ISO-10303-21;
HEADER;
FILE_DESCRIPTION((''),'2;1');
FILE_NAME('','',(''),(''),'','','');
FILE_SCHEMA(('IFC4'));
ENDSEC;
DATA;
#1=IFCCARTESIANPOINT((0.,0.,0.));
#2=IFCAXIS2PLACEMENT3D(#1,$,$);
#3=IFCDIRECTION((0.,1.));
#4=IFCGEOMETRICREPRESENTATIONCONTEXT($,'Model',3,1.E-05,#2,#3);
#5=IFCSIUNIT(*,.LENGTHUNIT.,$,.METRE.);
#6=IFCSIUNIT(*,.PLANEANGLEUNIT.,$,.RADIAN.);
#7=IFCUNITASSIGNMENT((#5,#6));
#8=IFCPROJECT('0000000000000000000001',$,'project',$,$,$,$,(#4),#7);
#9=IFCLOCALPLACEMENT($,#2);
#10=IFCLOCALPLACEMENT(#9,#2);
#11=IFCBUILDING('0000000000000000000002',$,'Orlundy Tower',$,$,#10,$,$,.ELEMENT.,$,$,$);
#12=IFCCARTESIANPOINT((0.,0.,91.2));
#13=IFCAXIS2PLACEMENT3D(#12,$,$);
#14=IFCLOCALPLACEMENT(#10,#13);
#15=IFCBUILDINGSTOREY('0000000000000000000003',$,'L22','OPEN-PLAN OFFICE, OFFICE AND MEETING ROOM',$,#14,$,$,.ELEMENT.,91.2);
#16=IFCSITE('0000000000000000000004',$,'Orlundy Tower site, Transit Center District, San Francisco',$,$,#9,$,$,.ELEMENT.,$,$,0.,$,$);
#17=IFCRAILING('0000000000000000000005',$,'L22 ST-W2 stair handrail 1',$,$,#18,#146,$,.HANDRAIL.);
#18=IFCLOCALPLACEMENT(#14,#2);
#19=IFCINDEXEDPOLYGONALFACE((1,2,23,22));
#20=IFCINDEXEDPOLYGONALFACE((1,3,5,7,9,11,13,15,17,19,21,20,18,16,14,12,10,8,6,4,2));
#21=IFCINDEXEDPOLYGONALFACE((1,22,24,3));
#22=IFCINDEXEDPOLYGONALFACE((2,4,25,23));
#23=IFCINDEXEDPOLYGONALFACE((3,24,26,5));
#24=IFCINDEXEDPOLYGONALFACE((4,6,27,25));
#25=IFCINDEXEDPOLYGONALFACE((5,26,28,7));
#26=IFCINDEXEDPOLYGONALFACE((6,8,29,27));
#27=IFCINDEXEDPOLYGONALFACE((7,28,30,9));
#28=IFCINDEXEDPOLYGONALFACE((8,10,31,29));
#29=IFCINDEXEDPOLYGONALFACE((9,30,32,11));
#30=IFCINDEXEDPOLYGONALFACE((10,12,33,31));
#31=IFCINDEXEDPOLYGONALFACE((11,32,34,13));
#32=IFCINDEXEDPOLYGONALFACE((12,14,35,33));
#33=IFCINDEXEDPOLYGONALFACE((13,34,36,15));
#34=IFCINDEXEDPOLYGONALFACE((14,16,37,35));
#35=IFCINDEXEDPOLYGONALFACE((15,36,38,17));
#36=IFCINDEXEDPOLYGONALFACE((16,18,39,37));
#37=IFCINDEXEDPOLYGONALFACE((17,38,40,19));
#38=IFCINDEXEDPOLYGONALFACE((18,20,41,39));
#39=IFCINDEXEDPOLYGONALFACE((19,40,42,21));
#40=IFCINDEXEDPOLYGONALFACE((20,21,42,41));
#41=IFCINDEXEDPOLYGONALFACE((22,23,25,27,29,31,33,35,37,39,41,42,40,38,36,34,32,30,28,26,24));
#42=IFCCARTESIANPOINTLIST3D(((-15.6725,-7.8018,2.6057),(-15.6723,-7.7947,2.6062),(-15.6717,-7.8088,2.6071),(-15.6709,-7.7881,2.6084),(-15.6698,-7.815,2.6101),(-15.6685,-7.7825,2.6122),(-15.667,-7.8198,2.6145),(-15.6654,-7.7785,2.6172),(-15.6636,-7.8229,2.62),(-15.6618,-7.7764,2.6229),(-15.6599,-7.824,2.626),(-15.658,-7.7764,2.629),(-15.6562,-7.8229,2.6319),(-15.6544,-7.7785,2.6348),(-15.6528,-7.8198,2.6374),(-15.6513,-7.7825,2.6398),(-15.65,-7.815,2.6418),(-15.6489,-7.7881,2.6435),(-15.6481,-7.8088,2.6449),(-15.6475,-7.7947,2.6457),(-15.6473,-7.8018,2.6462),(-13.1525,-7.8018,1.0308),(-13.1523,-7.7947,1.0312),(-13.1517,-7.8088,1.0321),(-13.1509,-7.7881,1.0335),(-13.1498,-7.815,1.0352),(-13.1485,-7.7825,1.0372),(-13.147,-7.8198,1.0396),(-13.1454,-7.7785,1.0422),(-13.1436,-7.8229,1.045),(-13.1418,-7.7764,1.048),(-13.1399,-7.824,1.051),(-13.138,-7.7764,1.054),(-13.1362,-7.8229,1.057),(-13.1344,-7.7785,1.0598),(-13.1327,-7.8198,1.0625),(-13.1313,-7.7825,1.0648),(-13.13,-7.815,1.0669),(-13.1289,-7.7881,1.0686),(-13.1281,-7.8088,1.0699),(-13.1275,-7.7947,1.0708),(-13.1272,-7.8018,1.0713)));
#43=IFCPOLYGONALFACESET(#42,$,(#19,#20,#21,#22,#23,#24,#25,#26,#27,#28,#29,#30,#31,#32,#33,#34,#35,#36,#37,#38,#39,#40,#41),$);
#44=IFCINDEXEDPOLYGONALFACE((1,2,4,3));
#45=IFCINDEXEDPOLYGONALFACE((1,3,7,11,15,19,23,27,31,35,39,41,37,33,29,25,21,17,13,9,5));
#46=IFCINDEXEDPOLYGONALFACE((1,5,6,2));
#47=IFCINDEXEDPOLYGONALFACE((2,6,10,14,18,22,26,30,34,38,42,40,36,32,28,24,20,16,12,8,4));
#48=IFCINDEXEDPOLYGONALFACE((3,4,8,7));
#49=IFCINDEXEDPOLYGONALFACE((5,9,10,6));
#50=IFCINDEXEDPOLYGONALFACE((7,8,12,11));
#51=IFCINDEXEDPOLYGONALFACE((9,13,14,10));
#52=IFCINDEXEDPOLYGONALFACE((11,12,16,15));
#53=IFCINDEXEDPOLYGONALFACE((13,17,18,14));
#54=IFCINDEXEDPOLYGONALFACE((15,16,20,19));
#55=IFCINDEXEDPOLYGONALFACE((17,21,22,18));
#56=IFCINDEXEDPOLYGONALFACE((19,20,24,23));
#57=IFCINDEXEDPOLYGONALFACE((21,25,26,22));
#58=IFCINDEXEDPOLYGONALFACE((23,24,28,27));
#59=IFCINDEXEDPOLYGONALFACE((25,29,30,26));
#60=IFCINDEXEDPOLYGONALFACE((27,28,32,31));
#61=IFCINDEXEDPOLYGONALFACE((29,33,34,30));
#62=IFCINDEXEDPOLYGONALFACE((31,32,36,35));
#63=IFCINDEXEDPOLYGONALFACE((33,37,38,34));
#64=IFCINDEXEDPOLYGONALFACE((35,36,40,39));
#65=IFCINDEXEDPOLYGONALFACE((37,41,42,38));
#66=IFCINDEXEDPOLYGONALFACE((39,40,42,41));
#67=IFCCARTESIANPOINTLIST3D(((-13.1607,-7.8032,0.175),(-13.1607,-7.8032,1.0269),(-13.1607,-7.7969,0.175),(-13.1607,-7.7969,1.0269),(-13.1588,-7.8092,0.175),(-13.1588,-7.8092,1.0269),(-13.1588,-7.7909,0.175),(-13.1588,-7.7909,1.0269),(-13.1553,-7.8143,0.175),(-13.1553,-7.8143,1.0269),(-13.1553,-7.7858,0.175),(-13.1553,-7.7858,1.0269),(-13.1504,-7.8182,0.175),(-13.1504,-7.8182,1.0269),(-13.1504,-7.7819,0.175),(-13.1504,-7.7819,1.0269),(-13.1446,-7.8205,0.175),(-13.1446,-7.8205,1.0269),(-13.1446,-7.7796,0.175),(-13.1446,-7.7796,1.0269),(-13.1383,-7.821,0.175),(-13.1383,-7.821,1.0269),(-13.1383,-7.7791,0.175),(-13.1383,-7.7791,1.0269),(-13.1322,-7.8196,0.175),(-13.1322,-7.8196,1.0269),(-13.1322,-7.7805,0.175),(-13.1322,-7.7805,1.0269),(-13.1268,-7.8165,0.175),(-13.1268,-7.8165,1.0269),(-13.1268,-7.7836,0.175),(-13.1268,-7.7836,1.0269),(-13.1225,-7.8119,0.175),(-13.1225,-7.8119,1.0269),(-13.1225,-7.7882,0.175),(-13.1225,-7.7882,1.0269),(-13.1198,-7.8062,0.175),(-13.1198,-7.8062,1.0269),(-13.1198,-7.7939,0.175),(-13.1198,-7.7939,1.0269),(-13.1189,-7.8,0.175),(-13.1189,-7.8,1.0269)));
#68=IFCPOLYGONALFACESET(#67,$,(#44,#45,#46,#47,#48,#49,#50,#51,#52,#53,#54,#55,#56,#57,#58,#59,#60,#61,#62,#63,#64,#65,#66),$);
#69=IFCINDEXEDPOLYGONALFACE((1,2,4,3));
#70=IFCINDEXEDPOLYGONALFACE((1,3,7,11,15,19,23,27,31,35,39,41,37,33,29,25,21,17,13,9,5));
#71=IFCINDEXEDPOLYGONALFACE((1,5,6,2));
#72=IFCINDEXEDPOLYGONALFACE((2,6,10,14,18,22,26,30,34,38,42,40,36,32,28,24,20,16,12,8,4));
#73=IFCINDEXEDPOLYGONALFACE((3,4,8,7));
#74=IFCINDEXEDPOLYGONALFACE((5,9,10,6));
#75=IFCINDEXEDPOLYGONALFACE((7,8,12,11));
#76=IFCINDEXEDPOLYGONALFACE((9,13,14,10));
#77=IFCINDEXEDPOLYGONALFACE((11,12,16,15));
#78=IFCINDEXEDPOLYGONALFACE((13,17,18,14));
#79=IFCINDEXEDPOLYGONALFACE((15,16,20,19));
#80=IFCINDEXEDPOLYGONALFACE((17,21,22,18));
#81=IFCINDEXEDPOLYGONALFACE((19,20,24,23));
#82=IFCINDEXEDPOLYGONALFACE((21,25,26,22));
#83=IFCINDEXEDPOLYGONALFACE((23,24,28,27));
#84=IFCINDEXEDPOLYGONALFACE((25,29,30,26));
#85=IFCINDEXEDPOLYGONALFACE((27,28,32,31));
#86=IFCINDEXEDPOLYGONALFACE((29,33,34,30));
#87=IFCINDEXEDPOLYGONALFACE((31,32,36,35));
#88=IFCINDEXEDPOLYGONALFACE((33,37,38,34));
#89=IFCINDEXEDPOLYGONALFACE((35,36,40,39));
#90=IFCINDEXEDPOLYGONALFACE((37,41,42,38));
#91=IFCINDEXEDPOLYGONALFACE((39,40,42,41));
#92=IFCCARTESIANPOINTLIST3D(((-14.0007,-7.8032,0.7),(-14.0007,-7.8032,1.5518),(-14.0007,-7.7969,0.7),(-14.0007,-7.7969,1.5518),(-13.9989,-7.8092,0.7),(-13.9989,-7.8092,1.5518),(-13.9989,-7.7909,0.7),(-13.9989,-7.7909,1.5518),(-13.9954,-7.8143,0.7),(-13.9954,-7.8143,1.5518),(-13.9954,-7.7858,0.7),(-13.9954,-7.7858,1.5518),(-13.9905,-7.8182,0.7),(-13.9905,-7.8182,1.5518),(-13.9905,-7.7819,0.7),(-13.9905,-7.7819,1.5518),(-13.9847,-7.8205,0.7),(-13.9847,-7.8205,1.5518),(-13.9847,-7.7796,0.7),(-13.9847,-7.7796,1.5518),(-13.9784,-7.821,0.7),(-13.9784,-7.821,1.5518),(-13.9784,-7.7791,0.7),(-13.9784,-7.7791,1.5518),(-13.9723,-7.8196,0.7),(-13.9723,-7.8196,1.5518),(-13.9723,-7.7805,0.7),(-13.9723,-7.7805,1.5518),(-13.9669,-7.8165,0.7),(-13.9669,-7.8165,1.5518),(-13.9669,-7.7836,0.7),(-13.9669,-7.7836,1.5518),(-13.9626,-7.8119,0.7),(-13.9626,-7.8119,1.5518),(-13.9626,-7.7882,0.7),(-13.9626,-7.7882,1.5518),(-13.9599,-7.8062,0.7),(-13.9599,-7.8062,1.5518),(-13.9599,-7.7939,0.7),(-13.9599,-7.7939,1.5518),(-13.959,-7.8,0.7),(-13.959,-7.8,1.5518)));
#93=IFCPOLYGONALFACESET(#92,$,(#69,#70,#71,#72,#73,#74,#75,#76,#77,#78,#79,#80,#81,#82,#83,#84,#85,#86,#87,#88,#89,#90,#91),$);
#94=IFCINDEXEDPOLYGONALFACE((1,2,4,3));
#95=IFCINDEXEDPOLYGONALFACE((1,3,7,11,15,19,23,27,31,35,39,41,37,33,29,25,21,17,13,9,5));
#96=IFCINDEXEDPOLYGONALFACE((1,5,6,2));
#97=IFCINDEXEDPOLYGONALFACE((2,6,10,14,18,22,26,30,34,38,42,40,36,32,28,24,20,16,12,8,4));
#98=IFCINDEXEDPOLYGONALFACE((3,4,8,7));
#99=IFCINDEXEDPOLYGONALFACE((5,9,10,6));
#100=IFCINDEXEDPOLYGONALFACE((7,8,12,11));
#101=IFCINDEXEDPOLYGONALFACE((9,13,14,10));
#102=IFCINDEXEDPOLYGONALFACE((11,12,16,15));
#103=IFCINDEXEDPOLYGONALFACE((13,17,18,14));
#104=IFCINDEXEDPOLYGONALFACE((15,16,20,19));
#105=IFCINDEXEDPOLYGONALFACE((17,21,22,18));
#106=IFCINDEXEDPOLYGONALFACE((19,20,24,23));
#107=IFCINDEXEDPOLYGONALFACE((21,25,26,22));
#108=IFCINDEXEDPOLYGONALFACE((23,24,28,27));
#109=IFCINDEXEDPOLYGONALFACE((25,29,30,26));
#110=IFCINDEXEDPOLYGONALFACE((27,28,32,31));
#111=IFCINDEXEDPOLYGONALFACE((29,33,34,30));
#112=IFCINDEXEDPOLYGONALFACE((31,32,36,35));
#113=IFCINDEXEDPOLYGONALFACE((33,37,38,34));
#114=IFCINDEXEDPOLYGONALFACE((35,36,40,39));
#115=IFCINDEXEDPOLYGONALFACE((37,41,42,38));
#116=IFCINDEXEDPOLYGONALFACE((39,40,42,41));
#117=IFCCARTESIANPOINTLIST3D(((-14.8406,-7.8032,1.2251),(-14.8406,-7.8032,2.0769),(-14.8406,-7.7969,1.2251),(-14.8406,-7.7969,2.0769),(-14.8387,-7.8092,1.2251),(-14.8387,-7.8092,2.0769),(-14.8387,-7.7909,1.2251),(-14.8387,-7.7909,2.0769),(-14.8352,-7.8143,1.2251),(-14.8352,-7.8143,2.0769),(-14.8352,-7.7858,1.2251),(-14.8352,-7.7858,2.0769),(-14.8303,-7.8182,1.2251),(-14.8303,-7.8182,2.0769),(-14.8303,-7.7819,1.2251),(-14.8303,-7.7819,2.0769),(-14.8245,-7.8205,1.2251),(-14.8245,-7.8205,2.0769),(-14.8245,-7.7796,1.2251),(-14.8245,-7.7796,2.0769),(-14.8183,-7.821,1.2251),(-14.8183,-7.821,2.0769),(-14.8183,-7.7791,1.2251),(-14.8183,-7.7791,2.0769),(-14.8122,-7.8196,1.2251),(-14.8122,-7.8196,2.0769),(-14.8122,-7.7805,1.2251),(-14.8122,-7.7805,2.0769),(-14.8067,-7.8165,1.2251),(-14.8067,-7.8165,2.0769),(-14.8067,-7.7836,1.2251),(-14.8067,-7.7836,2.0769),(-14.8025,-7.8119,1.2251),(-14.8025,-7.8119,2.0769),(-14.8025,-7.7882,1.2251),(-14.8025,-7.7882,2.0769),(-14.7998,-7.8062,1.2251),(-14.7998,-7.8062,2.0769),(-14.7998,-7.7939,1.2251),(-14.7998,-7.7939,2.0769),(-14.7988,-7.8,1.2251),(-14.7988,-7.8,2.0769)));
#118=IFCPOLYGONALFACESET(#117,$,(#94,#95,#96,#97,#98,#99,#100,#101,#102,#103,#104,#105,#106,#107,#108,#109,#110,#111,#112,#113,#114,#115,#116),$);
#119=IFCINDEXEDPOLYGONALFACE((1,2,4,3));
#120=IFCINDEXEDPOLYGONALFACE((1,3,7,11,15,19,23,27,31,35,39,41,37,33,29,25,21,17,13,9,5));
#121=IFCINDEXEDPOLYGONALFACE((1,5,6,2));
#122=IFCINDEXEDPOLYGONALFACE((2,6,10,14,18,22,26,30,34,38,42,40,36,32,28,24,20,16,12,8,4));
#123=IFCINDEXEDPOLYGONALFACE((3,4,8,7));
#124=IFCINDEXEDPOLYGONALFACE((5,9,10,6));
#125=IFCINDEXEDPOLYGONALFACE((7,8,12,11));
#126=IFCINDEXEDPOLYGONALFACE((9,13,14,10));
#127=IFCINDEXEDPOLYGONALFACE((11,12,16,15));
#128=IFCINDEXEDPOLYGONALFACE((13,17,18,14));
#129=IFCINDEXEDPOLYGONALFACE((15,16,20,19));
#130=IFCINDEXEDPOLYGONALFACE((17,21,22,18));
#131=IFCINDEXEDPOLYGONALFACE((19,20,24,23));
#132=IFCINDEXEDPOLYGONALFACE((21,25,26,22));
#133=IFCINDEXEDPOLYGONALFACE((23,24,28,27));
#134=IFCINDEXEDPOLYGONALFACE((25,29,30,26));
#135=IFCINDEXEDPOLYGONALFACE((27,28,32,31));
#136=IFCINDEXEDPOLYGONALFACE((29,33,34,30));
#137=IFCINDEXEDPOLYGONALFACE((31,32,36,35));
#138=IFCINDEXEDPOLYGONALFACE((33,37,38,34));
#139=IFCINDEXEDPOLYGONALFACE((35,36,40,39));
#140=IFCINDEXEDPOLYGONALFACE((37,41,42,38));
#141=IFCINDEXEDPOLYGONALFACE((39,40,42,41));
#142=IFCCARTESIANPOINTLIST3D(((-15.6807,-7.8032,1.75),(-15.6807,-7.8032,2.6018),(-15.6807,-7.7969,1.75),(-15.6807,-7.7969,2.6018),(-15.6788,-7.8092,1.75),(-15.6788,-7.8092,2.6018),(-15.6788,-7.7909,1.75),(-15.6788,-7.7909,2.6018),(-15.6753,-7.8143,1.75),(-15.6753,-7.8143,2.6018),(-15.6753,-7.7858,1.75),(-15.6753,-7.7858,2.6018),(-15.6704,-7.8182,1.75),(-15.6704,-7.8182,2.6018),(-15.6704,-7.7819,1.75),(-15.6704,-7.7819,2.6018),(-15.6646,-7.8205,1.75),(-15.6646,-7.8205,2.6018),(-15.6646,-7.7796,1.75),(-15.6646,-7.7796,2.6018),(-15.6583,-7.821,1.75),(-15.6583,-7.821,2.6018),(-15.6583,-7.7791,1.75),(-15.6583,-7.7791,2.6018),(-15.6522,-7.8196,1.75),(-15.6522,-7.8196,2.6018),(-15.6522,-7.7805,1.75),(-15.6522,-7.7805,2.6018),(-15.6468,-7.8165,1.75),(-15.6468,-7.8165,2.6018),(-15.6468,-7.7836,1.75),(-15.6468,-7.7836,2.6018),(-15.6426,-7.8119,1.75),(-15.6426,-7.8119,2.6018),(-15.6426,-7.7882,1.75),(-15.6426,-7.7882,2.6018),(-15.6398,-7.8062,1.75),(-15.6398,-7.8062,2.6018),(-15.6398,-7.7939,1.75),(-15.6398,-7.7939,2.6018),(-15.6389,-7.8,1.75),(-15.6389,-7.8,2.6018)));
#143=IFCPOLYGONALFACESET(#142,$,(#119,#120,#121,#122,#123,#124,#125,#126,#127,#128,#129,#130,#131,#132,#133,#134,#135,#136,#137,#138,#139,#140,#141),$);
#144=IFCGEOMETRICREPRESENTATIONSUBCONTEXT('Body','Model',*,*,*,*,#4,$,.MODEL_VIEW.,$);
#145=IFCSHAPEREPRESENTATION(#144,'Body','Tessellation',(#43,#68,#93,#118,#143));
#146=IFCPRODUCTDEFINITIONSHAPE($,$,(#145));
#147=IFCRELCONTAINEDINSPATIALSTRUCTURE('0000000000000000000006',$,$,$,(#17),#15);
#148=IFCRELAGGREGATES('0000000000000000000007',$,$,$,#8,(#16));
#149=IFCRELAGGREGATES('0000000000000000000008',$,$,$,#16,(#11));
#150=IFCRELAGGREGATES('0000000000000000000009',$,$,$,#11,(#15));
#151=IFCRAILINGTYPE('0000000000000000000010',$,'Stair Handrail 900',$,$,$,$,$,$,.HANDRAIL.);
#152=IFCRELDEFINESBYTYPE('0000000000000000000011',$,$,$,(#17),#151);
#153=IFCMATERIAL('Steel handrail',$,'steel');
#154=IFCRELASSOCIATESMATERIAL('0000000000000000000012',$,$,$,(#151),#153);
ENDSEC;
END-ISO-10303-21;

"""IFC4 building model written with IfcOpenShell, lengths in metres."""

from ifc_helpers import new_model, si_unit, direction, frame, origin, origin_2d, place, context, subcontext, project, spatial, circle, extrude, material, type_object, element, save


model = new_model("IFC4")

# Units and contexts
model_context = context("Model", 3, precision=1e-05, world=origin(), true_north=direction((0.0, 1.0)))
body_context = subcontext(model_context, "Body", "Model", "MODEL_VIEW")
ifc_project = project(units=[si_unit("LENGTHUNIT", "METRE"), si_unit("PLANEANGLEUNIT", "RADIAN")], contexts=[model_context])

# Site, building, storey
site_placement = place(None, origin())
site = spatial("IfcSite", under=ifc_project, at=site_placement, Name="Orlundy Tower site, Transit Center District, San Francisco", CompositionType="ELEMENT", RefElevation=0.0)
building_placement = place(site_placement, origin())
building = spatial("IfcBuilding", under=site, at=building_placement, Name="Orlundy Tower", CompositionType="ELEMENT")
storey_placement = place(building_placement, frame((0.0, 0.0, 91.2)))
storey = spatial("IfcBuildingStorey", under=building, at=storey_placement, Name="L22", Description="OPEN-PLAN OFFICE, OFFICE AND MEETING ROOM", CompositionType="ELEMENT", Elevation=91.2)

# Railing
ifc_material_1 = material(Name="Steel handrail", Category="steel")
railing_type_1 = type_object("IfcRailingType", Name="Stair Handrail 900", PredefinedType="HANDRAIL", material=ifc_material_1)
railing_1_placement = place(storey_placement, frame((-13.1399, -7.8, 0.175)))
element("IfcRailing", 1, at=railing_1_placement, inside=storey, type_object=railing_type_1, Name="L22 ST-W2 stair handrail 1", PredefinedType="HANDRAIL", context=body_context, shape_type="SweptSolid", body=[
    extrude(circle(Radius=0.0239, at=origin_2d()), frame((0.0, 0.0, 0.876), z_axis=(-0.848008, 0.0, 0.529984), x_axis=(0.0, -1.0, 0.0)), (0.0, 0.0, 1.0), 2.9717),
    extrude(circle(Radius=0.021, at=origin_2d()), origin(), (0.0, 0.0, 1.0), 0.8518),
    extrude(circle(Radius=0.021, at=origin_2d()), frame((-0.8401, 0.0, 0.5249)), (0.0, 0.0, 1.0), 0.8518),
    extrude(circle(Radius=0.021, at=origin_2d()), frame((-1.6799, 0.0, 1.05)), (0.0, 0.0, 1.0), 0.8518),
    extrude(circle(Radius=0.021, at=origin_2d()), frame((-2.52, 0.0, 1.575)), (0.0, 0.0, 1.0), 0.8518),
])

save(model, "model.ifc")
